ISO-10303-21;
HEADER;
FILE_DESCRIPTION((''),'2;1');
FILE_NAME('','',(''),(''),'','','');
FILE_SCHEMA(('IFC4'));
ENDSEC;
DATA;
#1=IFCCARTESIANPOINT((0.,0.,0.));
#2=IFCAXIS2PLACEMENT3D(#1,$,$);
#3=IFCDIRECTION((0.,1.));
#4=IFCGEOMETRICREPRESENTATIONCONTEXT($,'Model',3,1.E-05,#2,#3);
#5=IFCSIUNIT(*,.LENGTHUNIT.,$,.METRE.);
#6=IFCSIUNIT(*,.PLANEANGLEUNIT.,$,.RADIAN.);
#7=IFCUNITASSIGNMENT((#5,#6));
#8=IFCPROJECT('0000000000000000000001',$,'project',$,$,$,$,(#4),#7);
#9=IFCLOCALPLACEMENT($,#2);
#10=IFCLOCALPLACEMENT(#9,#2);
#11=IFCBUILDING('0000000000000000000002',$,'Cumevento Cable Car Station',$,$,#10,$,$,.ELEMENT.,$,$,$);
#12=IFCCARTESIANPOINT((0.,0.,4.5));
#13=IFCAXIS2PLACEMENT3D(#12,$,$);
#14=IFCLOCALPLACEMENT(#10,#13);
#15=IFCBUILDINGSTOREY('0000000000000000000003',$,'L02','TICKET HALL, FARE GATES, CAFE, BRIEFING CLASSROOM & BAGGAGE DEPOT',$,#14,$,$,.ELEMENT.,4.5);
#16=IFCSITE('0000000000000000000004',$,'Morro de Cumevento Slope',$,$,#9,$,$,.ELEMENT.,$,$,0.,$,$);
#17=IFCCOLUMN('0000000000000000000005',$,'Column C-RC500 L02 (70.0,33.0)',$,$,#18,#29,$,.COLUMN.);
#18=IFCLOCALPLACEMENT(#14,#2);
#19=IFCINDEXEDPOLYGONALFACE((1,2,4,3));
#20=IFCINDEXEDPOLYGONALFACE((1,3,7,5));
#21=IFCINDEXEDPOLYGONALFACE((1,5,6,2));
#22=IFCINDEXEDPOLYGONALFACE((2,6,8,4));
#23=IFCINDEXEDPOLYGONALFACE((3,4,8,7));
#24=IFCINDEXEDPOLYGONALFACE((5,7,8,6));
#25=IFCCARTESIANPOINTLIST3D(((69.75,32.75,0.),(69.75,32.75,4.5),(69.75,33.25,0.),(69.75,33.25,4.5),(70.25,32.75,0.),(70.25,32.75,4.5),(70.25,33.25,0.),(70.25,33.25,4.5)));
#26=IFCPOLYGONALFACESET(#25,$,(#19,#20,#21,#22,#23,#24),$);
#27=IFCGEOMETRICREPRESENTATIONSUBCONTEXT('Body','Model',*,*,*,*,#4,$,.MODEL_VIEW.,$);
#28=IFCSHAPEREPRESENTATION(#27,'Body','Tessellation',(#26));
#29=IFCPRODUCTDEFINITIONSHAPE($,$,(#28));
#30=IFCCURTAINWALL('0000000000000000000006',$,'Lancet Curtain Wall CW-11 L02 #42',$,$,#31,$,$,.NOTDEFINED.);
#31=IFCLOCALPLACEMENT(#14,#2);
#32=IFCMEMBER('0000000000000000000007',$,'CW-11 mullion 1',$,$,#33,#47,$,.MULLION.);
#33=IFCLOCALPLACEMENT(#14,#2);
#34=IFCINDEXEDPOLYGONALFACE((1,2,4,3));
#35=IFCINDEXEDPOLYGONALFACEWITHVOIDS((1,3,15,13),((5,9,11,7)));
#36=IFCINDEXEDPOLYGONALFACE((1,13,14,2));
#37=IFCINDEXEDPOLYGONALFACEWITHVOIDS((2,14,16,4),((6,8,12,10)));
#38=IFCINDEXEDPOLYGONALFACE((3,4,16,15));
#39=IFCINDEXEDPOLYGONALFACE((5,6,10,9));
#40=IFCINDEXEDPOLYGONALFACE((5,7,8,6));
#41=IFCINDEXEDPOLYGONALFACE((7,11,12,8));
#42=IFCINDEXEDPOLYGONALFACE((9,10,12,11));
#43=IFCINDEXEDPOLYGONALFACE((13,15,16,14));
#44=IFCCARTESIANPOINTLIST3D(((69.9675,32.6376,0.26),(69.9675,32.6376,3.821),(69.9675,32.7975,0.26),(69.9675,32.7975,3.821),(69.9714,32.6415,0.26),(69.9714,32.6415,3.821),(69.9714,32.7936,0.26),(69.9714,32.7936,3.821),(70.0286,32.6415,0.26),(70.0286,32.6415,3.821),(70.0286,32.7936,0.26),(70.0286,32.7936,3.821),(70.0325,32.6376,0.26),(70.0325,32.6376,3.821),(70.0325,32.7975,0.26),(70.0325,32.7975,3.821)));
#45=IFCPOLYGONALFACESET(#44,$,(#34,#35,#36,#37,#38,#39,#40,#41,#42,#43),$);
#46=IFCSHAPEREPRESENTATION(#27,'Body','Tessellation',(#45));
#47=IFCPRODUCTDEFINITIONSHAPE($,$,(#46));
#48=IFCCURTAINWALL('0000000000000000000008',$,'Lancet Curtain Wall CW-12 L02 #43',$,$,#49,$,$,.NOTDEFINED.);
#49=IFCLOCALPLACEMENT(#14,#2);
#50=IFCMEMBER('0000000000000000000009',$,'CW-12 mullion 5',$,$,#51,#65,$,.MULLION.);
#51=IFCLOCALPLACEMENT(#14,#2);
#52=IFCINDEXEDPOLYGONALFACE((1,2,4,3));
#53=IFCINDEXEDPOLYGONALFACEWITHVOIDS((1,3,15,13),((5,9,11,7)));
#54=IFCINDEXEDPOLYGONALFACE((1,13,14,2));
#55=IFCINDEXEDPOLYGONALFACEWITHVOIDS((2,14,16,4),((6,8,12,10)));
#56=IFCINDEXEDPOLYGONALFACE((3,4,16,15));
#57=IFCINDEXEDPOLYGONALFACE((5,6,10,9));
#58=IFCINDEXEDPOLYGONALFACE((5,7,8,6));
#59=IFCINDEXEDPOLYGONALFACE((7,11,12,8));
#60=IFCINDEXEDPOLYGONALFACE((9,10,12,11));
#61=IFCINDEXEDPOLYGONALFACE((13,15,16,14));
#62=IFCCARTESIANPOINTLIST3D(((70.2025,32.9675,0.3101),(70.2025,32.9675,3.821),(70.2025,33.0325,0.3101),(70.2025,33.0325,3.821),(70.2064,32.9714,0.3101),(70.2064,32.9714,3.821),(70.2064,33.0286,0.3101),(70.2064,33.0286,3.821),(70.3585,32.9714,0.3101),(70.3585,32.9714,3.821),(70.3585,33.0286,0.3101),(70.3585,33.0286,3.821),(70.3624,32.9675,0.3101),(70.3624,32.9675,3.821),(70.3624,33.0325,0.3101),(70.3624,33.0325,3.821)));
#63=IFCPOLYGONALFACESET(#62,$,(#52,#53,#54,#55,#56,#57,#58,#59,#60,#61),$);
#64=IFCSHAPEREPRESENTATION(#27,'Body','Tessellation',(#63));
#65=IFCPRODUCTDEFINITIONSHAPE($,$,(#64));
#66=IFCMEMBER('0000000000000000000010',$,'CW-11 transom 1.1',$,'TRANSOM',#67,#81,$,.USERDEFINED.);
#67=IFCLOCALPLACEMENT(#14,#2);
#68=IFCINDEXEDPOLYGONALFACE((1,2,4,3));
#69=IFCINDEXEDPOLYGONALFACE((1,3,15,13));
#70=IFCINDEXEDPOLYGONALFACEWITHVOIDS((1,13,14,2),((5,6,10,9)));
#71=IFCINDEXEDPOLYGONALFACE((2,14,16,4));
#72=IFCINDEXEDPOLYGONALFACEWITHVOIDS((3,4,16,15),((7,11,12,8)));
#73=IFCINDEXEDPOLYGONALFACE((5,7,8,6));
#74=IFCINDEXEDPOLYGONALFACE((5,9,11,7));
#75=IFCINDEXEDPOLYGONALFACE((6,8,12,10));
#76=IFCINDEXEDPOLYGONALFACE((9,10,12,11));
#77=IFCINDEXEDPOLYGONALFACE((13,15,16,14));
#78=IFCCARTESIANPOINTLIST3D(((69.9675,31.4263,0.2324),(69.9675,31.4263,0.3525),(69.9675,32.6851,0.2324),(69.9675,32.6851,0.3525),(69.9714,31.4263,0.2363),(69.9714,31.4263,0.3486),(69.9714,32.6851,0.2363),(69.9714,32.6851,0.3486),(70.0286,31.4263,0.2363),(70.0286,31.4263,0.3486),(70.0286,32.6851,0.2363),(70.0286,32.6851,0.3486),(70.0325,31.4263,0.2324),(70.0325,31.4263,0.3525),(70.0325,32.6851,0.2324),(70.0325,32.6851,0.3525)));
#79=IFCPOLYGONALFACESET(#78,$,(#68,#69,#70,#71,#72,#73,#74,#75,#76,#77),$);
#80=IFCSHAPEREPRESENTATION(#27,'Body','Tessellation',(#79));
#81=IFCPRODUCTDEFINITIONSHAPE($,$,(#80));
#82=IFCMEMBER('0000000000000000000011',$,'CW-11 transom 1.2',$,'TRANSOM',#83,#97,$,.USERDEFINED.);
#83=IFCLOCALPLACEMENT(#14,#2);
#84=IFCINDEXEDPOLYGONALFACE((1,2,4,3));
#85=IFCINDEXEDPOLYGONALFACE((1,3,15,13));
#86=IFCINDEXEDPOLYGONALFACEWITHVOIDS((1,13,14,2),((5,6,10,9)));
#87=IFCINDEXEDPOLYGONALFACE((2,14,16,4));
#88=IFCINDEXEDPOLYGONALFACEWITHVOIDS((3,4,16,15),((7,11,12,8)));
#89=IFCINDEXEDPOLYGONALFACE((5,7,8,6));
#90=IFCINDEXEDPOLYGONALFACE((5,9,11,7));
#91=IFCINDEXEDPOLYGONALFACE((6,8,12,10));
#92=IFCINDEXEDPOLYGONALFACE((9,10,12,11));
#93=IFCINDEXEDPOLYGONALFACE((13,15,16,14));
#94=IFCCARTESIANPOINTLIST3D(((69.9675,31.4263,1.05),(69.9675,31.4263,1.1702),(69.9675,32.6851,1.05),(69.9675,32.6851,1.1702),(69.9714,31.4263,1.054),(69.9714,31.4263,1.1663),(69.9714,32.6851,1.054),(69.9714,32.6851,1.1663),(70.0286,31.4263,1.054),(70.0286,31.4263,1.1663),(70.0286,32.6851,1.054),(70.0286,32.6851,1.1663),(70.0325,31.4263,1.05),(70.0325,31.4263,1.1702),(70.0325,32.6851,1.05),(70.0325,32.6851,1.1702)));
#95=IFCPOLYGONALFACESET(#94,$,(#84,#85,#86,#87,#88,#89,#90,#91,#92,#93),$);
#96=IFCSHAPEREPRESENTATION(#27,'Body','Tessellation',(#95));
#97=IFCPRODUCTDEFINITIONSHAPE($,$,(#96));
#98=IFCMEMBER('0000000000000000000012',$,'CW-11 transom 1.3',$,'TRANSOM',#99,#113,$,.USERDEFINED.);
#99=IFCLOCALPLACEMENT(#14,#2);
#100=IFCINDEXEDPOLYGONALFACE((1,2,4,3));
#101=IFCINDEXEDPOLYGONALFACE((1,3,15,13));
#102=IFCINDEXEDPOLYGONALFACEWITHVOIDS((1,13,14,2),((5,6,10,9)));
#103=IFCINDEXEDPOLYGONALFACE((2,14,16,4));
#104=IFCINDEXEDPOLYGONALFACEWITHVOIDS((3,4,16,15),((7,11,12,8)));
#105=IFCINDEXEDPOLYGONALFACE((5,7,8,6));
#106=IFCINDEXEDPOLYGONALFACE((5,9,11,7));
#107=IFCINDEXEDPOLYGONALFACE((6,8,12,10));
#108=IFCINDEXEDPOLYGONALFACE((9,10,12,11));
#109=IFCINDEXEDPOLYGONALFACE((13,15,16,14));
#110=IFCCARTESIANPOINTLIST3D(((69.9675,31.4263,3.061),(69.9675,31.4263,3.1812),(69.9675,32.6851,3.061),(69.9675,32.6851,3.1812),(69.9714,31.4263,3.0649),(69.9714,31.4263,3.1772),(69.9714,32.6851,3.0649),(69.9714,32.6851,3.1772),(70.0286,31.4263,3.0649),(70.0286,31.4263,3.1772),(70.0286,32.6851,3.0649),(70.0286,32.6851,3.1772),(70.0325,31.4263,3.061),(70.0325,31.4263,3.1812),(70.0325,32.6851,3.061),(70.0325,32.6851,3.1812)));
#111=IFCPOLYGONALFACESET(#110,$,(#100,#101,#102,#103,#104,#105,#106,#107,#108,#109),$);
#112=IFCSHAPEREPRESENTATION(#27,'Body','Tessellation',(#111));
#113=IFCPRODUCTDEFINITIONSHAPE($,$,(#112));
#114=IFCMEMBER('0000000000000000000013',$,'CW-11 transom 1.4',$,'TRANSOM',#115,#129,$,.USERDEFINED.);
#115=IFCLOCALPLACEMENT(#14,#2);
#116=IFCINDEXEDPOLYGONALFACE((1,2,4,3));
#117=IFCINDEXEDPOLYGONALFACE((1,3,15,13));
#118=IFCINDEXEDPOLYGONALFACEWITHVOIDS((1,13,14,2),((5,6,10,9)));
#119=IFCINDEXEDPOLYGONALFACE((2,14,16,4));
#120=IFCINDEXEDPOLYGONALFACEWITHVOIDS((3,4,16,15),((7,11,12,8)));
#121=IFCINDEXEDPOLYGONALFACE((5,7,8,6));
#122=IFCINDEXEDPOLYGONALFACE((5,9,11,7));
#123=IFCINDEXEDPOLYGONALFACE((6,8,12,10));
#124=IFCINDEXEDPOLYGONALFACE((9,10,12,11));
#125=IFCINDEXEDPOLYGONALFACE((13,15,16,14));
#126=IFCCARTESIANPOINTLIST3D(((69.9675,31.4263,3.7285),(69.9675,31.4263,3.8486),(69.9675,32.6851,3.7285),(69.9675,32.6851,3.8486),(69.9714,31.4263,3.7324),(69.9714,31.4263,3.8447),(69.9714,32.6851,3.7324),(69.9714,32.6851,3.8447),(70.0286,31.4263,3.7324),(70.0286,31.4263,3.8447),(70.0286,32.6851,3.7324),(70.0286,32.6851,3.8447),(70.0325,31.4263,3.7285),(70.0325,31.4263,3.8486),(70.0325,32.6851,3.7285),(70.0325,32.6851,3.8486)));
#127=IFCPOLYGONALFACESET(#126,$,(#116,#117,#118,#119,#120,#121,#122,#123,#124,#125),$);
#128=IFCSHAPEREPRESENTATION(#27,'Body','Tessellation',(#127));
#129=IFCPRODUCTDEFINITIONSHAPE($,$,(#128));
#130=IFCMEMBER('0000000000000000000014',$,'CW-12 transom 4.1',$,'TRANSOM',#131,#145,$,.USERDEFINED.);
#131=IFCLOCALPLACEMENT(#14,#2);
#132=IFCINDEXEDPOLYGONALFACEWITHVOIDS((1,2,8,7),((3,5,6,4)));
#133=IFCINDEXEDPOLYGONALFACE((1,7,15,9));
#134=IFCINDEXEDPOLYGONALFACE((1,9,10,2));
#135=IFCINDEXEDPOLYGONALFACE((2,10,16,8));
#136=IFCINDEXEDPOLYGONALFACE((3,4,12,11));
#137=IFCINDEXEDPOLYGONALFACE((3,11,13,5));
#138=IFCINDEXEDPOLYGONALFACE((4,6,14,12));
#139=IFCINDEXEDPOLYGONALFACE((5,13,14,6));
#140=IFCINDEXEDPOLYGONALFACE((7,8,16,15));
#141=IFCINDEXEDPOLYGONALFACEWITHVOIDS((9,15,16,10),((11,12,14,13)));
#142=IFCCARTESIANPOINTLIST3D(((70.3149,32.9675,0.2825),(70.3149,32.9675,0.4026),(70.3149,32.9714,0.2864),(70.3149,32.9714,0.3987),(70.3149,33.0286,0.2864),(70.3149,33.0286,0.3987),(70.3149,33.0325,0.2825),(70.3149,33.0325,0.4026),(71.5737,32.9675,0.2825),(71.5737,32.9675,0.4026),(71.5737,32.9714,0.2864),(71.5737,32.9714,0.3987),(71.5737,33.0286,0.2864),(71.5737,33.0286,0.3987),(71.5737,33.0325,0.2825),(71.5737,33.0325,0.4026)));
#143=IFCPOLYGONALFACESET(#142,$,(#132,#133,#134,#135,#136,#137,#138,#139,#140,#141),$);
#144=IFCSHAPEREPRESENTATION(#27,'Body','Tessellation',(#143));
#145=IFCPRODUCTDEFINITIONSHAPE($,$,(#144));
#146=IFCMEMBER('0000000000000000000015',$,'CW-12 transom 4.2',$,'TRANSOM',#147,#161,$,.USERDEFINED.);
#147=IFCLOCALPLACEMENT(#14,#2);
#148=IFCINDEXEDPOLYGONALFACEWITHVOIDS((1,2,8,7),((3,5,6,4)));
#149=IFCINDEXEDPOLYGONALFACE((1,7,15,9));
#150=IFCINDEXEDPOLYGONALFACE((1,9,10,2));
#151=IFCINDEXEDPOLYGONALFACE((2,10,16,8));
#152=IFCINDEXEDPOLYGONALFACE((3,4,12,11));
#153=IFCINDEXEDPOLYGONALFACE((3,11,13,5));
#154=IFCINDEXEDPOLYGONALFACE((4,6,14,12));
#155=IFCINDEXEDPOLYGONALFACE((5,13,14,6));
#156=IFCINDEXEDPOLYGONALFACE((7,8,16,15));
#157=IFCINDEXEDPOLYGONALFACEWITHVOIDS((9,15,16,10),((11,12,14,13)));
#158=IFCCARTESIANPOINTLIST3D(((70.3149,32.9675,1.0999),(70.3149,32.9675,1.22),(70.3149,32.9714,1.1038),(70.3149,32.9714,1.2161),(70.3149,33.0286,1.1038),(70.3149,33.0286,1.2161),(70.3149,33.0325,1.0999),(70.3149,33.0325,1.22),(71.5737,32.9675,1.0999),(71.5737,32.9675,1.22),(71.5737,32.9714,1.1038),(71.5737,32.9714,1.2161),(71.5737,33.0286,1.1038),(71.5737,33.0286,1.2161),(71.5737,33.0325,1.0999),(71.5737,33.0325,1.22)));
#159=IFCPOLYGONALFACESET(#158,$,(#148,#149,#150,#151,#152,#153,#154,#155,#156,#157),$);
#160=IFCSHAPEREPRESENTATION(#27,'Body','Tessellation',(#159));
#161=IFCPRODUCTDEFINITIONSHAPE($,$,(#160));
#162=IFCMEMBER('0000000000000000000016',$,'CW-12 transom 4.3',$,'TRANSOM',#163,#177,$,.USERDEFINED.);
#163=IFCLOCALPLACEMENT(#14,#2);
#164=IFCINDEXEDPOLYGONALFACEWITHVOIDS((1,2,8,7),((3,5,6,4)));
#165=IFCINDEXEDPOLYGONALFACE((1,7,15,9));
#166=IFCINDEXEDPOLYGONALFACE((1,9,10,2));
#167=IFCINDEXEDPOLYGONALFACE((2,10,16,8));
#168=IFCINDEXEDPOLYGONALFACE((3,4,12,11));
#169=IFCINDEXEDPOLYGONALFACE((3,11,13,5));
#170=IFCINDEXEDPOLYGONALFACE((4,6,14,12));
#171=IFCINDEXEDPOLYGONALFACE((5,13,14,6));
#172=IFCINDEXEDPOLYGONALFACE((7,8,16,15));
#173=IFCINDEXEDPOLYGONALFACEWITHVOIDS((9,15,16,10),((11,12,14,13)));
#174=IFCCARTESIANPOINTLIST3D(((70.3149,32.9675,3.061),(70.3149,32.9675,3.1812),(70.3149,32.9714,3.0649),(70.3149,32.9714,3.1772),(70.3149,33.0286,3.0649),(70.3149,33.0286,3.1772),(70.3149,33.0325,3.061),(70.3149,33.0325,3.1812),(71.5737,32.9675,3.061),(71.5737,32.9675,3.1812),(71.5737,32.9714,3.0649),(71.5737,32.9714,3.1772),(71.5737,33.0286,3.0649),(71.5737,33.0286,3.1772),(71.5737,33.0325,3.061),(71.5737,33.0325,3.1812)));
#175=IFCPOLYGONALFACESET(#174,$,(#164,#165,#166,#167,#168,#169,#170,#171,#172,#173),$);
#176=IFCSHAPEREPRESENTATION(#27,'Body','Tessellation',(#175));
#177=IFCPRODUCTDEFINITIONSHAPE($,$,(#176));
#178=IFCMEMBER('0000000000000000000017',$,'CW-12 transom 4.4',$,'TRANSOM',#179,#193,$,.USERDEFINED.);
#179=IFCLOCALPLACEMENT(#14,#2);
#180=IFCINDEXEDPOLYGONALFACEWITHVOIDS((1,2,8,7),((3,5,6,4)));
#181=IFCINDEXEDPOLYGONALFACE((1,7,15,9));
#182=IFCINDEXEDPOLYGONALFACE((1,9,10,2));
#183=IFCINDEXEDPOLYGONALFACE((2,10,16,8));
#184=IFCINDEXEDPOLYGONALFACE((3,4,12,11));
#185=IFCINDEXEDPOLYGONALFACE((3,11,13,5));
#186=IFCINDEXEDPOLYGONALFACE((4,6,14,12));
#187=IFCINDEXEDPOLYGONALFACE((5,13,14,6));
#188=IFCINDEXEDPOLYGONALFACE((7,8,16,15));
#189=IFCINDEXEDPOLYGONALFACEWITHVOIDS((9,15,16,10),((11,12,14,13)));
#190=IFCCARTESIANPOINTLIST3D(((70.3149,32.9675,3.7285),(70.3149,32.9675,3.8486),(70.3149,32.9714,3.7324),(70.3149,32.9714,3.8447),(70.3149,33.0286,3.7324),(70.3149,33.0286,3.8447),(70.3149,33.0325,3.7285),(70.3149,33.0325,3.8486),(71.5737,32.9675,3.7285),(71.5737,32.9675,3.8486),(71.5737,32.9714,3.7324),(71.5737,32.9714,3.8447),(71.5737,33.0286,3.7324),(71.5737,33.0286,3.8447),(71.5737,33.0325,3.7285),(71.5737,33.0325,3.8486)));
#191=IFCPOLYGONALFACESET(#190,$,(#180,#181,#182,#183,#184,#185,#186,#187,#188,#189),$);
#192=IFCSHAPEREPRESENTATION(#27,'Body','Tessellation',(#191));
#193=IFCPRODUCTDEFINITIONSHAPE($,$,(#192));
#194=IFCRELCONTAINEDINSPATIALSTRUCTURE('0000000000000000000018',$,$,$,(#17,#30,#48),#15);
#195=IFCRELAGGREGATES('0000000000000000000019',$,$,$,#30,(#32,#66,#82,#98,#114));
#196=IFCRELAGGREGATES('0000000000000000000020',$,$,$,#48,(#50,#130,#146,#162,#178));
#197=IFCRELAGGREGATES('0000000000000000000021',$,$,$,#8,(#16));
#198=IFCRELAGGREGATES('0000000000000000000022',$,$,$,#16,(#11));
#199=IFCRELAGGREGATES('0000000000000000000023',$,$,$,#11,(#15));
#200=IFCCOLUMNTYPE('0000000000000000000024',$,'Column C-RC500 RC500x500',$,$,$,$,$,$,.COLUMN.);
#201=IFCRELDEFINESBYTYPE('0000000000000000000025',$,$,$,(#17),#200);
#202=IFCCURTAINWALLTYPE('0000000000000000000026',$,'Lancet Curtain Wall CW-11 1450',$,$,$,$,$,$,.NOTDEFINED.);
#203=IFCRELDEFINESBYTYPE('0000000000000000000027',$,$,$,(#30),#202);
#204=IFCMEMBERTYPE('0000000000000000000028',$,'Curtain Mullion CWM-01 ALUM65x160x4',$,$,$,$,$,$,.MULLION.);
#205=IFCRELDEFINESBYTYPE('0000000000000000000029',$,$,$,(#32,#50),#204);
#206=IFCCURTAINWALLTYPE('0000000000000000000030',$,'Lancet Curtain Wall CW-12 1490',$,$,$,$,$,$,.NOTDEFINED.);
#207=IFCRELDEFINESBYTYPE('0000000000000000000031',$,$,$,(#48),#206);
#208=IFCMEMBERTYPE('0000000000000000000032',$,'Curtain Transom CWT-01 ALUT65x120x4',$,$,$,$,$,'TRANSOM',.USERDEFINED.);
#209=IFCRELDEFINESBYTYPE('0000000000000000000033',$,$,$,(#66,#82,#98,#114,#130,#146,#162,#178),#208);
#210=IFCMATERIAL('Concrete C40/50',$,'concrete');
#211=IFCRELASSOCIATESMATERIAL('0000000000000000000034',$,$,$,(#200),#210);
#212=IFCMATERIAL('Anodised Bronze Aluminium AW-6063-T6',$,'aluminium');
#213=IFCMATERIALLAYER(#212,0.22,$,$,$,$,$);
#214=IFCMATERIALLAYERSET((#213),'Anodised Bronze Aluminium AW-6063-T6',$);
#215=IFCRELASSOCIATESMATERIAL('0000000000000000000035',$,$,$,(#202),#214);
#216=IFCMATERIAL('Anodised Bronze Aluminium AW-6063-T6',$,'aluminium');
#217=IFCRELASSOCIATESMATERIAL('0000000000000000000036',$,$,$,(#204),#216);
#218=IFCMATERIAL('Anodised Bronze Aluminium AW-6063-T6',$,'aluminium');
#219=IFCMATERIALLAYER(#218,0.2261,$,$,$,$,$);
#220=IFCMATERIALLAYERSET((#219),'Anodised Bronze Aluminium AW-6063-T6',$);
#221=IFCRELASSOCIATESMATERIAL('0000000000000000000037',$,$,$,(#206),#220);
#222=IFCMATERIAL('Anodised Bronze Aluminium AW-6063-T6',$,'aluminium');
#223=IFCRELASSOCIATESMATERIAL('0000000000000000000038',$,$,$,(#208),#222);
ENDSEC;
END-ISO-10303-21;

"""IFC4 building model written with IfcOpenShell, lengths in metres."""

from ifc_helpers import new_model, si_unit, direction, frame, origin, origin_2d, place, context, subcontext, project, spatial, rectangle, hollow_rectangle, extrude, material, layer, layer_set, material_profile, profile_set, type_object, element, aggregate, save


model = new_model("IFC4")

# Units and contexts
model_context = context("Model", 3, precision=1e-05, world=origin(), true_north=direction((0.0, 1.0)))
body_context = subcontext(model_context, "Body", "Model", "MODEL_VIEW")
ifc_project = project(units=[si_unit("LENGTHUNIT", "METRE"), si_unit("PLANEANGLEUNIT", "RADIAN")], contexts=[model_context])

# Site, building, storey
site_placement = place(None, origin())
site = spatial("IfcSite", under=ifc_project, at=site_placement, Name="Morro de Cumevento Slope", CompositionType="ELEMENT", RefElevation=0.0)
building_placement = place(site_placement, origin())
building = spatial("IfcBuilding", under=site, at=building_placement, Name="Cumevento Cable Car Station", CompositionType="ELEMENT")
storey_placement = place(building_placement, frame((0.0, 0.0, 4.5)))
storey = spatial("IfcBuildingStorey", under=building, at=storey_placement, Name="L02", Description="TICKET HALL, FARE GATES, CAFE, BRIEFING CLASSROOM & BAGGAGE DEPOT", CompositionType="ELEMENT", Elevation=4.5)

# Column
ifc_material_1 = material(Name="Concrete C40/50", Category="concrete")
ifc_material_profile_1 = material_profile(ifc_material_1, rectangle(XDim=0.5, YDim=0.5, at=origin_2d()), Name="RC500x500")
ifc_profile_set_1 = profile_set([ifc_material_profile_1], Name="Concrete C40/50")
column_type = type_object("IfcColumnType", Name="Column C-RC500 RC500x500", PredefinedType="COLUMN", material=ifc_profile_set_1)
column_placement = place(storey_placement, frame((70.0, 33.0, 0.0), z_axis=(0.0, 0.0, 1.0), x_axis=(1.0, 0.0, 0.0)))
element("IfcColumn", 1, at=column_placement, inside=storey, type_object=column_type, Name="Column C-RC500 L02 (70.0,33.0)", PredefinedType="COLUMN", context=body_context, shape_type="SweptSolid", body=[
    extrude(rectangle(XDim=0.5, YDim=0.5, at=origin_2d()), origin(), (0.0, 0.0, 1.0), 4.5),
])

# Curtain walls, members
ifc_material_2 = material(Name="Anodised Bronze Aluminium AW-6063-T6", Category="aluminium")
ifc_layer_1 = layer(ifc_material_2, 0.22)
ifc_layer_set_1 = layer_set([ifc_layer_1], Name="Anodised Bronze Aluminium AW-6063-T6")
curtain_wall_type_1 = type_object("IfcCurtainWallType", Name="Lancet Curtain Wall CW-11 1450", PredefinedType="NOTDEFINED", material=ifc_layer_set_1)
curtain_wall_1_placement = place(storey_placement, origin())
curtain_wall_1 = element("IfcCurtainWall", 2, at=curtain_wall_1_placement, inside=storey, type_object=curtain_wall_type_1, Name="Lancet Curtain Wall CW-11 L02 #42", PredefinedType="NOTDEFINED")
ifc_material_3 = material(Name="Anodised Bronze Aluminium AW-6063-T6", Category="aluminium")
ifc_material_profile_2 = material_profile(ifc_material_3, hollow_rectangle(XDim=0.0649, YDim=0.1599, WallThickness=0.0039, at=origin_2d()), Name="ALUM65x160x4")
ifc_profile_set_2 = profile_set([ifc_material_profile_2], Name="Anodised Bronze Aluminium AW-6063-T6")
member_type_1 = type_object("IfcMemberType", Name="Curtain Mullion CWM-01 ALUM65x160x4", PredefinedType="MULLION", material=ifc_profile_set_2)
member_1_placement = place(storey_placement, frame((70.0, 32.7175, 0.26), z_axis=(0.0, 0.0, 1.0), x_axis=(1.0, 0.0, 0.0)))
member_1 = element("IfcMember", 3, at=member_1_placement, type_object=member_type_1, Name="CW-11 mullion 1", PredefinedType="MULLION", context=body_context, shape_type="SweptSolid", body=[
    extrude(hollow_rectangle(XDim=0.0649, YDim=0.1599, WallThickness=0.0039, at=origin_2d()), origin(), (0.0, 0.0, 1.0), 3.561),
])
ifc_material_4 = material(Name="Anodised Bronze Aluminium AW-6063-T6", Category="aluminium")
ifc_layer_2 = layer(ifc_material_4, 0.2261)
ifc_layer_set_2 = layer_set([ifc_layer_2], Name="Anodised Bronze Aluminium AW-6063-T6")
curtain_wall_type_2 = type_object("IfcCurtainWallType", Name="Lancet Curtain Wall CW-12 1490", PredefinedType="NOTDEFINED", material=ifc_layer_set_2)
curtain_wall_2_placement = place(storey_placement, origin())
curtain_wall_2 = element("IfcCurtainWall", 4, at=curtain_wall_2_placement, inside=storey, type_object=curtain_wall_type_2, Name="Lancet Curtain Wall CW-12 L02 #43", PredefinedType="NOTDEFINED")
member_2_placement = place(storey_placement, frame((70.2825, 33.0, 0.3101), z_axis=(0.0, 0.0, 1.0), x_axis=(0.0, -1.0, 0.0)))
member_2 = element("IfcMember", 5, at=member_2_placement, type_object=member_type_1, Name="CW-12 mullion 5", PredefinedType="MULLION", context=body_context, shape_type="SweptSolid", body=[
    extrude(hollow_rectangle(XDim=0.0649, YDim=0.1599, WallThickness=0.0039, at=origin_2d()), origin(), (0.0, 0.0, 1.0), 3.511),
])

# Members
ifc_material_5 = material(Name="Anodised Bronze Aluminium AW-6063-T6", Category="aluminium")
ifc_material_profile_3 = material_profile(ifc_material_5, hollow_rectangle(XDim=0.0649, YDim=0.1201, WallThickness=0.0039, at=origin_2d()), Name="ALUT65x120x4")
ifc_profile_set_3 = profile_set([ifc_material_profile_3], Name="Anodised Bronze Aluminium AW-6063-T6")
member_type_2 = type_object("IfcMemberType", Name="Curtain Transom CWT-01 ALUT65x120x4", ElementType="TRANSOM", PredefinedType="USERDEFINED", material=ifc_profile_set_3)
member_3_placement = place(storey_placement, frame((70.0, 32.6851, 0.2925), z_axis=(0.0, -1.0, 0.0), x_axis=(1.0, 0.0, 0.0)))
member_3 = element("IfcMember", 6, at=member_3_placement, type_object=member_type_2, Name="CW-11 transom 1.1", ObjectType="TRANSOM", PredefinedType="USERDEFINED", context=body_context, shape_type="SweptSolid", body=[
    extrude(hollow_rectangle(XDim=0.0649, YDim=0.1201, WallThickness=0.0039, at=origin_2d()), origin(), (0.0, 0.0, 1.0), 1.2588),
])
member_4_placement = place(storey_placement, frame((70.0, 32.6851, 1.1101), z_axis=(0.0, -1.0, 0.0), x_axis=(1.0, 0.0, 0.0)))
member_4 = element("IfcMember", 7, at=member_4_placement, type_object=member_type_2, Name="CW-11 transom 1.2", ObjectType="TRANSOM", PredefinedType="USERDEFINED", context=body_context, shape_type="SweptSolid", body=[
    extrude(hollow_rectangle(XDim=0.0649, YDim=0.1201, WallThickness=0.0039, at=origin_2d()), origin(), (0.0, 0.0, 1.0), 1.2588),
])
member_5_placement = place(storey_placement, frame((70.0, 32.6851, 3.1211), z_axis=(0.0, -1.0, 0.0), x_axis=(1.0, 0.0, 0.0)))
member_5 = element("IfcMember", 8, at=member_5_placement, type_object=member_type_2, Name="CW-11 transom 1.3", ObjectType="TRANSOM", PredefinedType="USERDEFINED", context=body_context, shape_type="SweptSolid", body=[
    extrude(hollow_rectangle(XDim=0.0649, YDim=0.1201, WallThickness=0.0039, at=origin_2d()), origin(), (0.0, 0.0, 1.0), 1.2588),
])
member_6_placement = place(storey_placement, frame((70.0, 32.6851, 3.7886), z_axis=(0.0, -1.0, 0.0), x_axis=(1.0, 0.0, 0.0)))
member_6 = element("IfcMember", 9, at=member_6_placement, type_object=member_type_2, Name="CW-11 transom 1.4", ObjectType="TRANSOM", PredefinedType="USERDEFINED", context=body_context, shape_type="SweptSolid", body=[
    extrude(hollow_rectangle(XDim=0.0649, YDim=0.1201, WallThickness=0.0039, at=origin_2d()), origin(), (0.0, 0.0, 1.0), 1.2588),
])
member_7_placement = place(storey_placement, frame((71.5737, 33.0, 0.3425), z_axis=(-1.0, 0.0, 0.0), x_axis=(0.0, -1.0, 0.0)))
member_7 = element("IfcMember", 10, at=member_7_placement, type_object=member_type_2, Name="CW-12 transom 4.1", ObjectType="TRANSOM", PredefinedType="USERDEFINED", context=body_context, shape_type="SweptSolid", body=[
    extrude(hollow_rectangle(XDim=0.0649, YDim=0.1201, WallThickness=0.0039, at=origin_2d()), origin(), (0.0, 0.0, 1.0), 1.2588),
])
member_8_placement = place(storey_placement, frame((71.5737, 33.0, 1.1599), z_axis=(-1.0, 0.0, 0.0), x_axis=(0.0, -1.0, 0.0)))
member_8 = element("IfcMember", 11, at=member_8_placement, type_object=member_type_2, Name="CW-12 transom 4.2", ObjectType="TRANSOM", PredefinedType="USERDEFINED", context=body_context, shape_type="SweptSolid", body=[
    extrude(hollow_rectangle(XDim=0.0649, YDim=0.1201, WallThickness=0.0039, at=origin_2d()), origin(), (0.0, 0.0, 1.0), 1.2588),
])
member_9_placement = place(storey_placement, frame((71.5737, 33.0, 3.1211), z_axis=(-1.0, 0.0, 0.0), x_axis=(0.0, -1.0, 0.0)))
member_9 = element("IfcMember", 12, at=member_9_placement, type_object=member_type_2, Name="CW-12 transom 4.3", ObjectType="TRANSOM", PredefinedType="USERDEFINED", context=body_context, shape_type="SweptSolid", body=[
    extrude(hollow_rectangle(XDim=0.0649, YDim=0.1201, WallThickness=0.0039, at=origin_2d()), origin(), (0.0, 0.0, 1.0), 1.2588),
])
member_10_placement = place(storey_placement, frame((71.5737, 33.0, 3.7886), z_axis=(-1.0, 0.0, 0.0), x_axis=(0.0, -1.0, 0.0)))
member_10 = element("IfcMember", 13, at=member_10_placement, type_object=member_type_2, Name="CW-12 transom 4.4", ObjectType="TRANSOM", PredefinedType="USERDEFINED", context=body_context, shape_type="SweptSolid", body=[
    extrude(hollow_rectangle(XDim=0.0649, YDim=0.1201, WallThickness=0.0039, at=origin_2d()), origin(), (0.0, 0.0, 1.0), 1.2588),
])

aggregate(curtain_wall_1, [member_1, member_3, member_4, member_5, member_6])
aggregate(curtain_wall_2, [member_2, member_7, member_8, member_9, member_10])

save(model, "model.ifc")
